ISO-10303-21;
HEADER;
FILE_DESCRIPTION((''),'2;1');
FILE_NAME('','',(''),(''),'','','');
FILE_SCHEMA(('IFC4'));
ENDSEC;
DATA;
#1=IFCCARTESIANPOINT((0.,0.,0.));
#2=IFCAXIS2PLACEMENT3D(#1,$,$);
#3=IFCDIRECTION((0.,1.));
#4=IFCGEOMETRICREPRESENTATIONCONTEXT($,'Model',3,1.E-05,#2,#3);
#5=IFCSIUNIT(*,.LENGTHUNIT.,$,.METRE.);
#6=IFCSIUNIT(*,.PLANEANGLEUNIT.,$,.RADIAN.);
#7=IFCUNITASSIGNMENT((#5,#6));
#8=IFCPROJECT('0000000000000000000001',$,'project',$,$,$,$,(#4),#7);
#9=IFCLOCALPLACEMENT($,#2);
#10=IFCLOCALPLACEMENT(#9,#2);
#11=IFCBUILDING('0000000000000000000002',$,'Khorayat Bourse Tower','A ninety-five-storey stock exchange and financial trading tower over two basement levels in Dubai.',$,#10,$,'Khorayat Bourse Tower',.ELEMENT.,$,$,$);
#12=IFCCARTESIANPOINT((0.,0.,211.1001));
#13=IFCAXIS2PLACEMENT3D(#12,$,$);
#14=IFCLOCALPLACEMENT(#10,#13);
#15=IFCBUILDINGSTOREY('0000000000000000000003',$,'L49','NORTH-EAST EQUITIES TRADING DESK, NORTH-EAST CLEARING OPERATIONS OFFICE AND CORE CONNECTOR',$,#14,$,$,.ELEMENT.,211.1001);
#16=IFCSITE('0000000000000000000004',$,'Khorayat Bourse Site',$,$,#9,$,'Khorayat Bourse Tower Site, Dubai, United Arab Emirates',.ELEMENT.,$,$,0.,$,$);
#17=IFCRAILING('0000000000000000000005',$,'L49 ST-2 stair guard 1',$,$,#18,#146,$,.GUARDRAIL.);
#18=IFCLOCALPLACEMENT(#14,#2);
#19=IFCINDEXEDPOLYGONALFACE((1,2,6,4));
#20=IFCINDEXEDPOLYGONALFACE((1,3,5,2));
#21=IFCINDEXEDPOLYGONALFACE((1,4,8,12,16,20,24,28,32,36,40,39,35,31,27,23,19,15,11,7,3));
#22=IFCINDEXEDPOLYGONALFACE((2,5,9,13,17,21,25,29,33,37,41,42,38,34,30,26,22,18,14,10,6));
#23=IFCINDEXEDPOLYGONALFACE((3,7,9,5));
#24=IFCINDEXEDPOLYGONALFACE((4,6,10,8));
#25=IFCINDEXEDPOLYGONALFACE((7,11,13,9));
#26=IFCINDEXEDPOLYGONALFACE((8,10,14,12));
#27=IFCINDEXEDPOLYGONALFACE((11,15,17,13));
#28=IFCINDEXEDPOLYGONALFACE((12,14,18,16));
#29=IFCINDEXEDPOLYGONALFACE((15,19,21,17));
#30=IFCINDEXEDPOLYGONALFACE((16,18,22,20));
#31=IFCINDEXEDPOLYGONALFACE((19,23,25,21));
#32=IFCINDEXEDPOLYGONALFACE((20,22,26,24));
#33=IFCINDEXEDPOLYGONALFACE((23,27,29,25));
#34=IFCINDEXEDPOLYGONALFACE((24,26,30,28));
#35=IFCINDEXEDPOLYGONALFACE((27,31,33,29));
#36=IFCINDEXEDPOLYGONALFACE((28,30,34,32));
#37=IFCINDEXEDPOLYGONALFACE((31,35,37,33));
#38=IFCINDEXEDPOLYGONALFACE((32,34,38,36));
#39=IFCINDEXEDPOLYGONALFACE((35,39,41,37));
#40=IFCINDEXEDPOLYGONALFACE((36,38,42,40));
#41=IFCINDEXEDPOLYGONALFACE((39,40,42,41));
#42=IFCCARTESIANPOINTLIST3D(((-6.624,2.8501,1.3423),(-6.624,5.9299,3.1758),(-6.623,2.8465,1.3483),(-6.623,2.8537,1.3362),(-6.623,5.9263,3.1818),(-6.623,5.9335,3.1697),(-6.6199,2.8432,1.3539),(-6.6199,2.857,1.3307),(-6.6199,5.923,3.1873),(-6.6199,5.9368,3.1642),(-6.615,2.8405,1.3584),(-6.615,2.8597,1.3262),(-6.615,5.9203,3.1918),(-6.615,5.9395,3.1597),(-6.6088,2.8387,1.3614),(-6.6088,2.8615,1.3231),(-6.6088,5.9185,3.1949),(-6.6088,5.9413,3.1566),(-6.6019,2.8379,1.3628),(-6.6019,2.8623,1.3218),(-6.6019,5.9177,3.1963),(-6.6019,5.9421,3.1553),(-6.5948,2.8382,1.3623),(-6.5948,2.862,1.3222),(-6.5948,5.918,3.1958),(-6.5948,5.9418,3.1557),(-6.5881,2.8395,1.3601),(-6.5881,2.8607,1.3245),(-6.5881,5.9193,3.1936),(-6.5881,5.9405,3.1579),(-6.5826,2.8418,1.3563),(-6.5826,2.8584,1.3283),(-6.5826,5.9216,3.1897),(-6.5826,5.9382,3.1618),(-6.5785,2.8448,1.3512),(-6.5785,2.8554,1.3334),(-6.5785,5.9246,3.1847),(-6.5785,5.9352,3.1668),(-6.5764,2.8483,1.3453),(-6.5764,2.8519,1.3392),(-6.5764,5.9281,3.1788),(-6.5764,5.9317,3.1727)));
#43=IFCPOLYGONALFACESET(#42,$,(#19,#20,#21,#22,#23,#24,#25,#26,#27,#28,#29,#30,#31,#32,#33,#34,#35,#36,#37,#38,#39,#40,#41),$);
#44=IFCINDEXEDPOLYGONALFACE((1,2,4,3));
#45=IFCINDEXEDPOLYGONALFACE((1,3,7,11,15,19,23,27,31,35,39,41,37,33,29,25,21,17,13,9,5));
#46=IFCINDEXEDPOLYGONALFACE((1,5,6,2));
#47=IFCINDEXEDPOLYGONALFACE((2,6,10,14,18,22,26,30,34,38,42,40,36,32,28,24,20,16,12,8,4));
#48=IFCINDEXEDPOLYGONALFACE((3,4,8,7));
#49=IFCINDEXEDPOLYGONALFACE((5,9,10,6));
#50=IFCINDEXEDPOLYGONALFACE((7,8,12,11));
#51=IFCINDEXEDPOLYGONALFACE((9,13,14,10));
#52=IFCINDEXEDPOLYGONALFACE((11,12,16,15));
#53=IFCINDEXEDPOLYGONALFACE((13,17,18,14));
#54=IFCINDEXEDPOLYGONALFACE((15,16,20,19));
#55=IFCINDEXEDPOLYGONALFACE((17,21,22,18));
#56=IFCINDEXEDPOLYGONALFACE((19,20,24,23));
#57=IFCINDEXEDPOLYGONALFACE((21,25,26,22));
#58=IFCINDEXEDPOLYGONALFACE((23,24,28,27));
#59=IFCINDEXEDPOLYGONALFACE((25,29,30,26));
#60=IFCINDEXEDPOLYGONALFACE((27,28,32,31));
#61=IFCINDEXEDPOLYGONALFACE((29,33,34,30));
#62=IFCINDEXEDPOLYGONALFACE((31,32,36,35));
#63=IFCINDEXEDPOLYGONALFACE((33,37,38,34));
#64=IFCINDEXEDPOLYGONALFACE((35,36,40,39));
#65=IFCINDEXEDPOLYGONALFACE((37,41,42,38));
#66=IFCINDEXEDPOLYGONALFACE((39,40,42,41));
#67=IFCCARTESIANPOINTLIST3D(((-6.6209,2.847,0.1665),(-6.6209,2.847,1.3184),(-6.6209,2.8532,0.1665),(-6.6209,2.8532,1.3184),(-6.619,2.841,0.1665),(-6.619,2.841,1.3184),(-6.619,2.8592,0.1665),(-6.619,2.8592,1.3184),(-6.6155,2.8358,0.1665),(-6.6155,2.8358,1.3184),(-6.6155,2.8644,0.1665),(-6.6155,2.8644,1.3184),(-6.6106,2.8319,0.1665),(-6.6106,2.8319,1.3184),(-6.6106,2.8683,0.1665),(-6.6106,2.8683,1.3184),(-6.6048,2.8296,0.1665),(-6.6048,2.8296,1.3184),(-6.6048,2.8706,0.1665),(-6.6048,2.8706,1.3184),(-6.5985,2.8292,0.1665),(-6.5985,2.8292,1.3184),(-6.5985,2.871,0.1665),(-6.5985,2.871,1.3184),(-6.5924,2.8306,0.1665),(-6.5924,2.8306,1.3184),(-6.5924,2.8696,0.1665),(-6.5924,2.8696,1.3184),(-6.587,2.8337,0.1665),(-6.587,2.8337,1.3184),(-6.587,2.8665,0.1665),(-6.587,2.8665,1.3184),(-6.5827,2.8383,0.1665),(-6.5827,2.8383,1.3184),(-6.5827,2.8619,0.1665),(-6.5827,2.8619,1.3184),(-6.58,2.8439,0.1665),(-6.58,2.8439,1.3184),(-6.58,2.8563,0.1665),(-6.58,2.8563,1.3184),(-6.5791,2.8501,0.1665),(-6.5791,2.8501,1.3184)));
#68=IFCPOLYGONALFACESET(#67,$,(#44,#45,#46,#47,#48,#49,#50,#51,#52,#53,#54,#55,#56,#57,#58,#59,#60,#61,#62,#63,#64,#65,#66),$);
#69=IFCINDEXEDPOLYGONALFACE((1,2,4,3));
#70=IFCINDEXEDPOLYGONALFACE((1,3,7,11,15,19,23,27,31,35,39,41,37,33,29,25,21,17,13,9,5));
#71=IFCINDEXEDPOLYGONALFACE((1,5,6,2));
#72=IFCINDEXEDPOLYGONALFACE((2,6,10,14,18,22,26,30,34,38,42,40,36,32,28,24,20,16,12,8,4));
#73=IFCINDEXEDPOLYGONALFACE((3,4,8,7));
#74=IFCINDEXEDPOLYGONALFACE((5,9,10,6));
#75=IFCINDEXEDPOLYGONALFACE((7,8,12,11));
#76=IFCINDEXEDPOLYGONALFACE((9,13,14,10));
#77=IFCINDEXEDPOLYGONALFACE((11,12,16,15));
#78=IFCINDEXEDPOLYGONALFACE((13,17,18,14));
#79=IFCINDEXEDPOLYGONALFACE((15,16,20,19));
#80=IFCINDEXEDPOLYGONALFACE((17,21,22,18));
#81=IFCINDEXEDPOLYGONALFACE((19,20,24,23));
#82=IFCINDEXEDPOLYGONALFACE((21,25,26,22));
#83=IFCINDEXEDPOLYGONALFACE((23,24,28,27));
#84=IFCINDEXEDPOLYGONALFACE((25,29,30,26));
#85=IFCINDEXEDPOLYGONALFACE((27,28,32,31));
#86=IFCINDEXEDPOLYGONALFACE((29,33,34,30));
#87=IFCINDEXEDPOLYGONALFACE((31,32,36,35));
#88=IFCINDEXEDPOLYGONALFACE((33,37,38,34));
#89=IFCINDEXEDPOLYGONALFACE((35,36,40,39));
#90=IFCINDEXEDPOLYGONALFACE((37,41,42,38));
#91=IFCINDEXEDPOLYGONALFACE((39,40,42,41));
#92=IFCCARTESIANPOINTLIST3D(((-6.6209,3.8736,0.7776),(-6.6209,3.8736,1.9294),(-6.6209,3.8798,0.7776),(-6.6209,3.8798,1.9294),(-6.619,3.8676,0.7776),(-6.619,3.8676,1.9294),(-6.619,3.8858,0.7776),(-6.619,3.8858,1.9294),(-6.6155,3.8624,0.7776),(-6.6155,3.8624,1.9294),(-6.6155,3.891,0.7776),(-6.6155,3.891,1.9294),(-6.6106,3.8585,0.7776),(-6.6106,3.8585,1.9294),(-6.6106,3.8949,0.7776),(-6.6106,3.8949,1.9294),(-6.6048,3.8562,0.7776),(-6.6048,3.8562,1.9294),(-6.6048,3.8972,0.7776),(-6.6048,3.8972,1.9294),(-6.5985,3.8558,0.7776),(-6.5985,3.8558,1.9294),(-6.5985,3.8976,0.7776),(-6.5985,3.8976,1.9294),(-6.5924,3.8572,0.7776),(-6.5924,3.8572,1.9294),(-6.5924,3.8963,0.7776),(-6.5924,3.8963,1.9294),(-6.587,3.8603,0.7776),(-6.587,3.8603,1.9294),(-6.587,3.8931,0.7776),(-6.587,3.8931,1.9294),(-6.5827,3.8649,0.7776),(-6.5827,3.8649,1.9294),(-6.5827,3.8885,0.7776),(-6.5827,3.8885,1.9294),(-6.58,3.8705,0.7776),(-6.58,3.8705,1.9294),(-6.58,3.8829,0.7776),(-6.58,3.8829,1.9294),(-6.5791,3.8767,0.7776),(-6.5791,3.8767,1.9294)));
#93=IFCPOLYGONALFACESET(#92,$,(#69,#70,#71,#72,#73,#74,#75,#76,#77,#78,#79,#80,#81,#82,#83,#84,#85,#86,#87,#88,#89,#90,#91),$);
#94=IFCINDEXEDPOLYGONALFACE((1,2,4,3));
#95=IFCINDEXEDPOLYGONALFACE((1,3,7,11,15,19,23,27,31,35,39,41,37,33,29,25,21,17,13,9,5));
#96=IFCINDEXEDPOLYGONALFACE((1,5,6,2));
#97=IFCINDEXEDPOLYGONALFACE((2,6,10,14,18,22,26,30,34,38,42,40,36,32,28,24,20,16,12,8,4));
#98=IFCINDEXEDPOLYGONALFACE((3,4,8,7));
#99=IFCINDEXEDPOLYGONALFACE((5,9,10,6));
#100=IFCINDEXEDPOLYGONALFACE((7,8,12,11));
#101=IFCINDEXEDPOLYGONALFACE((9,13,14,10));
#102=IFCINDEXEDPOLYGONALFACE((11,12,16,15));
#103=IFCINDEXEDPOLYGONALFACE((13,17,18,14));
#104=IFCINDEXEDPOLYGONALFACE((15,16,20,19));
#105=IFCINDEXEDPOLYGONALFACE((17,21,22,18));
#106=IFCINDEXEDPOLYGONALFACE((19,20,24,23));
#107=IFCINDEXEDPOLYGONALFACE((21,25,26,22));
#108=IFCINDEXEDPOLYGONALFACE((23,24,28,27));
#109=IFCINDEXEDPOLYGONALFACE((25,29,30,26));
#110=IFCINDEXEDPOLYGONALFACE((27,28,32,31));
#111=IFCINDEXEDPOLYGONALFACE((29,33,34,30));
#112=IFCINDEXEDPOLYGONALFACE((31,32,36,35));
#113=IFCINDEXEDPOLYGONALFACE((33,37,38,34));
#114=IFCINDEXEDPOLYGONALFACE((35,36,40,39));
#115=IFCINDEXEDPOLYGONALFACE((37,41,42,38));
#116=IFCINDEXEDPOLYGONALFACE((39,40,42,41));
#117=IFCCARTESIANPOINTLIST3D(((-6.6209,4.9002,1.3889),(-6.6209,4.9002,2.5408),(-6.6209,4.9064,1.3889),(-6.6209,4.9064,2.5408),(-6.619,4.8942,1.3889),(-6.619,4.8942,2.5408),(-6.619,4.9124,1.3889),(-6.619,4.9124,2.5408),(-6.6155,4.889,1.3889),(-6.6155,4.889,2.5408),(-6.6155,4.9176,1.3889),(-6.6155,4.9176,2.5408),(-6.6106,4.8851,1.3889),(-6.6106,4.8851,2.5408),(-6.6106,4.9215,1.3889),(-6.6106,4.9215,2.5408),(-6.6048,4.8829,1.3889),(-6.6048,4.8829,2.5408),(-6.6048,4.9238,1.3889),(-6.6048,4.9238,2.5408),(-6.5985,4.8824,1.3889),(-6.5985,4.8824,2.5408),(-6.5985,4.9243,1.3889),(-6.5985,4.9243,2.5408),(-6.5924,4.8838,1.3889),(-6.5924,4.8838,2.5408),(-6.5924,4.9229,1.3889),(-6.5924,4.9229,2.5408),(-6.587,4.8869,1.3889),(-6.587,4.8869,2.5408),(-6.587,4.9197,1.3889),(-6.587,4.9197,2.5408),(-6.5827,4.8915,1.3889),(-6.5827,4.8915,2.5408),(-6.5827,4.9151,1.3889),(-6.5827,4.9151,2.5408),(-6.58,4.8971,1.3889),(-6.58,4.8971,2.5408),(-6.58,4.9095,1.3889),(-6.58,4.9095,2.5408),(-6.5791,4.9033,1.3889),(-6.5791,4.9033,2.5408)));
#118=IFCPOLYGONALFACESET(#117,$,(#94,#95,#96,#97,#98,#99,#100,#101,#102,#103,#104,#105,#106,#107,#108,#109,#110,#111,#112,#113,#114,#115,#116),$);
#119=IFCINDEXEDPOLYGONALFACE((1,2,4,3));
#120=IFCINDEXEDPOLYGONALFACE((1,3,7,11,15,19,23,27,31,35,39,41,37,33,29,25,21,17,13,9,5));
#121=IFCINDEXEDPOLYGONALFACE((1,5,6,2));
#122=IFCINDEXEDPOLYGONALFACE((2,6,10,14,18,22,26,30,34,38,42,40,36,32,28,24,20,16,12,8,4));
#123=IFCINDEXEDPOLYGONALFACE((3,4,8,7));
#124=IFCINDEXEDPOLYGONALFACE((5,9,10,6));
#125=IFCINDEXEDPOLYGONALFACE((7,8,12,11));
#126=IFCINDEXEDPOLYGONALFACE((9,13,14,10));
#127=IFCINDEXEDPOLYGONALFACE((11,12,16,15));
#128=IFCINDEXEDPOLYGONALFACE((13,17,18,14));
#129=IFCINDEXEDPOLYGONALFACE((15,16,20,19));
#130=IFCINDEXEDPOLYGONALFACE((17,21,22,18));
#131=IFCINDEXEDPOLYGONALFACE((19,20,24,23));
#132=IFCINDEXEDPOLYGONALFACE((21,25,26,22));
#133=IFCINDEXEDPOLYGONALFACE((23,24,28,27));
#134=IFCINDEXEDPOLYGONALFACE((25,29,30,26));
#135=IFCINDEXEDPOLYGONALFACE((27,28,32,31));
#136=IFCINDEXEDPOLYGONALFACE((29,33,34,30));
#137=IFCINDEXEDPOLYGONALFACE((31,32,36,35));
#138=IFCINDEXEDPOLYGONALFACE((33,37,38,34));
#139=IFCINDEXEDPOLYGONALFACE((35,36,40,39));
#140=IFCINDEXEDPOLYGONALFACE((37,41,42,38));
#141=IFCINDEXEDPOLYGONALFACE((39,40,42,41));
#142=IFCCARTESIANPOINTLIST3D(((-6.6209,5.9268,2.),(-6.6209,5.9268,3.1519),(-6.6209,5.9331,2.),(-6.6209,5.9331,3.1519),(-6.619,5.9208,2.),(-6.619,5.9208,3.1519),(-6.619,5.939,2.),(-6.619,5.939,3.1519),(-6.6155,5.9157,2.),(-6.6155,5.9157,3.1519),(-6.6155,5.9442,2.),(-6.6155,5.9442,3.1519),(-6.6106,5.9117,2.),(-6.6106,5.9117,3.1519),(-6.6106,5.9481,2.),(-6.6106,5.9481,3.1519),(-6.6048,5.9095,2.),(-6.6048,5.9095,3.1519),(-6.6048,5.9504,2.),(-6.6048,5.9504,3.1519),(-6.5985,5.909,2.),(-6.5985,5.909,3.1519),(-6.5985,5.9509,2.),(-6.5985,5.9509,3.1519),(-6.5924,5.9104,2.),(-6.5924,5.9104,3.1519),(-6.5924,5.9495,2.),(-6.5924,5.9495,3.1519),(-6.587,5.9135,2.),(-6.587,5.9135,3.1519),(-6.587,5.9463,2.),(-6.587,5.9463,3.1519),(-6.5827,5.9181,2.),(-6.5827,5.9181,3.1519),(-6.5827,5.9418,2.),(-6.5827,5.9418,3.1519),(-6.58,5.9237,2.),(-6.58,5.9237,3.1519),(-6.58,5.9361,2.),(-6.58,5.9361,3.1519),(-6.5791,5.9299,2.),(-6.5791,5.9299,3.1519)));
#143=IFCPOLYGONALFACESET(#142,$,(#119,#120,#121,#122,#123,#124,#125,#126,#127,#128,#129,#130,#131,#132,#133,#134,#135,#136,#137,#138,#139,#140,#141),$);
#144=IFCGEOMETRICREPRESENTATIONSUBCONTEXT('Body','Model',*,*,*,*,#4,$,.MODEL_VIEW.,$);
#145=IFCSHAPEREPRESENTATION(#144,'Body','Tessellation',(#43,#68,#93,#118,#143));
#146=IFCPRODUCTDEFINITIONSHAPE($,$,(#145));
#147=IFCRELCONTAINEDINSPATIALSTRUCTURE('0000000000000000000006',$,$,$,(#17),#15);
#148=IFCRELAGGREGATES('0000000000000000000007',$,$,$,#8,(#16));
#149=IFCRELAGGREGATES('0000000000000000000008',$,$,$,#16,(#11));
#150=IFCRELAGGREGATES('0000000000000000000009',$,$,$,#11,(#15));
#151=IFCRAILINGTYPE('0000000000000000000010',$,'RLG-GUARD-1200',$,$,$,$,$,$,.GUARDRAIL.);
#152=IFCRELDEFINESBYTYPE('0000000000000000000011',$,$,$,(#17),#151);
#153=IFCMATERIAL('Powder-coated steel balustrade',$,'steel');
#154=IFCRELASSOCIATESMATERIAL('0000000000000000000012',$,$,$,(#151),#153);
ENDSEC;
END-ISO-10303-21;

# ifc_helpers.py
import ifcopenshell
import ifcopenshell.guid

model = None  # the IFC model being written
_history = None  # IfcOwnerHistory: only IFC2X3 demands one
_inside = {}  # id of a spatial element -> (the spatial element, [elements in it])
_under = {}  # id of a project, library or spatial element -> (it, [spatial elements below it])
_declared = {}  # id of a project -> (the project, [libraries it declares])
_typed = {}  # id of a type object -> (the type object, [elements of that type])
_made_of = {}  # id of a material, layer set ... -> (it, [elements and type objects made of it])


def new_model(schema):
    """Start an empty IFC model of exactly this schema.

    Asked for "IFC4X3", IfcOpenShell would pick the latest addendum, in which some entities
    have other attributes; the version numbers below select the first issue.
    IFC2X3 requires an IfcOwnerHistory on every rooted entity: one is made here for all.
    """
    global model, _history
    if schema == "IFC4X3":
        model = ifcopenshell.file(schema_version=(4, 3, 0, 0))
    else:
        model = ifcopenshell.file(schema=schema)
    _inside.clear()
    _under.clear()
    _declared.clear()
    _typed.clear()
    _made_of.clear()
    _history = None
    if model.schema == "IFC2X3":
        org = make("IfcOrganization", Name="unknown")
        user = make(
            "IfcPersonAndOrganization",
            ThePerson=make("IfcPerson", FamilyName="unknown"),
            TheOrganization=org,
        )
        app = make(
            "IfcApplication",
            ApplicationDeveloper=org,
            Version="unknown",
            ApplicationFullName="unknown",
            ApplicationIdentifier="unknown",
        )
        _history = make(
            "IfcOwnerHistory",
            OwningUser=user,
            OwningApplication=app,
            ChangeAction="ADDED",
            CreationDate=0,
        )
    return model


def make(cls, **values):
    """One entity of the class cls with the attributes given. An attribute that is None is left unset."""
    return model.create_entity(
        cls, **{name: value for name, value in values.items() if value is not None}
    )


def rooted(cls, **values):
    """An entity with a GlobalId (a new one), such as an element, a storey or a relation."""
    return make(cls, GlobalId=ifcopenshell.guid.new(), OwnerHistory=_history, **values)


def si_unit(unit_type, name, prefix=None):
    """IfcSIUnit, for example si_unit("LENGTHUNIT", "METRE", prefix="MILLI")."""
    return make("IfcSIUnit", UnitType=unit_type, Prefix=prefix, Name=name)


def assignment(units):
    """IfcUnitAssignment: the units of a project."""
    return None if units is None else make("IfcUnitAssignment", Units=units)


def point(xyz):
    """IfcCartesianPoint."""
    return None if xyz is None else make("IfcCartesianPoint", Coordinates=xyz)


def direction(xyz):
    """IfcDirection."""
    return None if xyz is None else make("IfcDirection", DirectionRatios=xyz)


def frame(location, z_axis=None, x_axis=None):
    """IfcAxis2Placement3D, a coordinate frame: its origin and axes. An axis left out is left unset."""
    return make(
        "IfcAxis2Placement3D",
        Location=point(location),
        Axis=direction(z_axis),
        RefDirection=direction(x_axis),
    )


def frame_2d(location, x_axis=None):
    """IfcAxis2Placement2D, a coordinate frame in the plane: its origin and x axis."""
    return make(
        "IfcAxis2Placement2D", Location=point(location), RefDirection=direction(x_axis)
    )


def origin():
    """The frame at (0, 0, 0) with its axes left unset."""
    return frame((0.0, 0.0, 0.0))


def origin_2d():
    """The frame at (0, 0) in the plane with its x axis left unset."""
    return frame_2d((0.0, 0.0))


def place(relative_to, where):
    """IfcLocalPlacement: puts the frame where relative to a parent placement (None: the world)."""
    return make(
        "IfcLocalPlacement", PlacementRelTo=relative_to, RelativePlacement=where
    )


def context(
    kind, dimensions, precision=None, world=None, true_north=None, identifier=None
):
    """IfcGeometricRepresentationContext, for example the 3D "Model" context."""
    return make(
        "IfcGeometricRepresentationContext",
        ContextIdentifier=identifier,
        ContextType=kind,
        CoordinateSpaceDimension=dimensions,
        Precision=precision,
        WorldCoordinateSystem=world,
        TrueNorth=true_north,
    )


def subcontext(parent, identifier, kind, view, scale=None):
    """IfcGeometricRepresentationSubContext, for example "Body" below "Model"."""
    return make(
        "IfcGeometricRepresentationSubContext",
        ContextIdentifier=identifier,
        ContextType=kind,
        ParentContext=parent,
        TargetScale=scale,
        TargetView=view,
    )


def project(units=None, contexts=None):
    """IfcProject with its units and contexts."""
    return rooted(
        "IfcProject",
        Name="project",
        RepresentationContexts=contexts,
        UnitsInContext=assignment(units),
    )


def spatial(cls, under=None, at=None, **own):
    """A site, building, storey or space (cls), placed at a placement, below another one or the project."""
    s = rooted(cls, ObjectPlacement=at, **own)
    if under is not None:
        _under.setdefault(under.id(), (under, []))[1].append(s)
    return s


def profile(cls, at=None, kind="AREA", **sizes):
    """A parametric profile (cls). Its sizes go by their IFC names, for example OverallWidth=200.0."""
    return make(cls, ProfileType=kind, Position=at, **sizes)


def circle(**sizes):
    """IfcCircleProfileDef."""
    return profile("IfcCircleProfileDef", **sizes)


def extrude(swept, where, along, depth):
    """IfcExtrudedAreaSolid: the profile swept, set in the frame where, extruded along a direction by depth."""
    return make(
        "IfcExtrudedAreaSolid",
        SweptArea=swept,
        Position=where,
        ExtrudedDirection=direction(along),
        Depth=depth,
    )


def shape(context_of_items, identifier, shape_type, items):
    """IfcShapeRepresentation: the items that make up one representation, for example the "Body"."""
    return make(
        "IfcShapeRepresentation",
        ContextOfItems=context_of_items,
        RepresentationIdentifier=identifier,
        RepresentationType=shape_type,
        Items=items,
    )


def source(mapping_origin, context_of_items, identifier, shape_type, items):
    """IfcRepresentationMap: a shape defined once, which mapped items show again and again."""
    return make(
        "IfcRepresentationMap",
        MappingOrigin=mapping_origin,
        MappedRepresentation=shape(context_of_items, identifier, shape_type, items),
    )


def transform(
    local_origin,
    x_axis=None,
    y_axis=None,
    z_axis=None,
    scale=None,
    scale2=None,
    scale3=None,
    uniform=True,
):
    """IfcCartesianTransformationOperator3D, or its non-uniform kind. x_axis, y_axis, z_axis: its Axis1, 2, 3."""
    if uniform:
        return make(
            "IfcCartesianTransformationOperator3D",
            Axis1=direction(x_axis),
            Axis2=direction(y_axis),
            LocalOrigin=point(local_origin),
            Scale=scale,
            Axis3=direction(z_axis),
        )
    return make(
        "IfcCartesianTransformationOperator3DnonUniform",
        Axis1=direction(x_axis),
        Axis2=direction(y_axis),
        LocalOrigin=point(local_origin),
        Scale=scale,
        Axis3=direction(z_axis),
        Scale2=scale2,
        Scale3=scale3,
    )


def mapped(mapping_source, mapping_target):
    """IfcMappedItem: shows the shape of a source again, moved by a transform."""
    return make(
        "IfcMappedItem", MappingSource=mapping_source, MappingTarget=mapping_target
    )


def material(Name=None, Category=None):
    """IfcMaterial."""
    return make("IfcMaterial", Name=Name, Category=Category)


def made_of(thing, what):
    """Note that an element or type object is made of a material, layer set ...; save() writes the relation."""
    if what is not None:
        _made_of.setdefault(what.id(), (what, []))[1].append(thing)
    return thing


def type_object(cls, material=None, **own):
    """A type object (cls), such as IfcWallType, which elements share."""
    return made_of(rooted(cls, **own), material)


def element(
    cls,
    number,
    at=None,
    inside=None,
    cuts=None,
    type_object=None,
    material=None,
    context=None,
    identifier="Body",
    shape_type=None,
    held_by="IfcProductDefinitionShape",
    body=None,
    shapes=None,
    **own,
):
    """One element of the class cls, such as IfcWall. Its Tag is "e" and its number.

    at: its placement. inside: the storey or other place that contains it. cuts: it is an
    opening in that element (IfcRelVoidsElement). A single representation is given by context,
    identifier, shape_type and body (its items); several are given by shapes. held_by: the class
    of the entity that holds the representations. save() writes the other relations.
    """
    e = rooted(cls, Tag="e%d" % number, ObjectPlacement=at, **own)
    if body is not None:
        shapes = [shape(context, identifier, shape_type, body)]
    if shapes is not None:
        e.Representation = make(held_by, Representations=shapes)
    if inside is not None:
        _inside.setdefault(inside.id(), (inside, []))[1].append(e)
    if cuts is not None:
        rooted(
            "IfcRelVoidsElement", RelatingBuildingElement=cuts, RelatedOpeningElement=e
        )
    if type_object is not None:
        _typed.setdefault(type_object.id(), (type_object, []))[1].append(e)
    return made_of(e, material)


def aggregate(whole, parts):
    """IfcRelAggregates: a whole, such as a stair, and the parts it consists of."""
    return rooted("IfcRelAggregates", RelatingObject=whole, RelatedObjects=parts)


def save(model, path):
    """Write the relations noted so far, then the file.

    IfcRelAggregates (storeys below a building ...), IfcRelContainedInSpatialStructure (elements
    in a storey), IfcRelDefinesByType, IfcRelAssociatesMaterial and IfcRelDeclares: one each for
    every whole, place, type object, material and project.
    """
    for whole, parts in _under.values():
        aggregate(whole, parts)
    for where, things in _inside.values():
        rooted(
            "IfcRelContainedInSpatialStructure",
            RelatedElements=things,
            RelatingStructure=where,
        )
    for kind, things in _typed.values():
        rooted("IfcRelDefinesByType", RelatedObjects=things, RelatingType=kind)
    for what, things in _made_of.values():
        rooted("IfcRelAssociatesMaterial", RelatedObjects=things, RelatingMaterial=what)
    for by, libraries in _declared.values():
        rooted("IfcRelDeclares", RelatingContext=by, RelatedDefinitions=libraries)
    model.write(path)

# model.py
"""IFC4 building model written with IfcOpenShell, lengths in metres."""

from ifc_helpers import new_model, si_unit, direction, frame, origin, origin_2d, place, context, subcontext, project, spatial, circle, extrude, source, transform, mapped, material, type_object, element, save


model = new_model("IFC4")

# Units and contexts
model_context = context("Model", 3, precision=1e-05, world=origin(), true_north=direction((0.0, 1.0)))
body_context = subcontext(model_context, "Body", "Model", "MODEL_VIEW")
ifc_project = project(units=[si_unit("LENGTHUNIT", "METRE"), si_unit("PLANEANGLEUNIT", "RADIAN")], contexts=[model_context])

# Site, building, storey
site_placement = place(None, origin())
site = spatial("IfcSite", under=ifc_project, at=site_placement, Name="Khorayat Bourse Site", LongName="Khorayat Bourse Tower Site, Dubai, United Arab Emirates", CompositionType="ELEMENT", RefElevation=0.0)
building_placement = place(site_placement, origin())
building = spatial("IfcBuilding", under=site, at=building_placement, Name="Khorayat Bourse Tower", Description="A ninety-five-storey stock exchange and financial trading tower over two basement levels in Dubai.", LongName="Khorayat Bourse Tower", CompositionType="ELEMENT")
storey_placement = place(building_placement, frame((0.0, 0.0, 211.1001)))
storey = spatial("IfcBuildingStorey", under=building, at=storey_placement, Name="L49", Description="NORTH-EAST EQUITIES TRADING DESK, NORTH-EAST CLEARING OPERATIONS OFFICE AND CORE CONNECTOR", CompositionType="ELEMENT", Elevation=211.1001)

# Railing
ifc_material_1 = material(Name="Powder-coated steel balustrade", Category="steel")
railing_type_1 = type_object("IfcRailingType", Name="RLG-GUARD-1200", PredefinedType="GUARDRAIL", material=ifc_material_1)
shared_shape_1 = source(origin(), body_context, "Body", "SweptSolid", [
    extrude(circle(Radius=0.0239, at=origin_2d()), frame((0.0, 0.0, 1.1758), z_axis=(0.0, 0.859261, 0.511538), x_axis=(-1.0, 0.0, 0.0)), (0.0, 0.0, 1.0), 3.5842),
    extrude(circle(Radius=0.021, at=origin_2d()), origin(), (0.0, 0.0, 1.0), 1.1519),
    extrude(circle(Radius=0.021, at=origin_2d()), frame((0.0, 1.0266, 0.6111)), (0.0, 0.0, 1.0), 1.1519),
    extrude(circle(Radius=0.021, at=origin_2d()), frame((0.0, 2.0532, 1.2224)), (0.0, 0.0, 1.0), 1.1519),
    extrude(circle(Radius=0.021, at=origin_2d()), frame((0.0, 3.0798, 1.8335)), (0.0, 0.0, 1.0), 1.1519),
])
railing_1_placement = place(storey_placement, frame((-6.6001, 2.8501, 0.1665)))
element("IfcRailing", 1, at=railing_1_placement, inside=storey, type_object=railing_type_1, Name="L49 ST-2 stair guard 1", PredefinedType="GUARDRAIL", context=body_context, shape_type="MappedRepresentation", body=[
    mapped(shared_shape_1, transform((0.0, 0.0, 0.0), scale=1.0)),
])

save(model, "model.ifc")
